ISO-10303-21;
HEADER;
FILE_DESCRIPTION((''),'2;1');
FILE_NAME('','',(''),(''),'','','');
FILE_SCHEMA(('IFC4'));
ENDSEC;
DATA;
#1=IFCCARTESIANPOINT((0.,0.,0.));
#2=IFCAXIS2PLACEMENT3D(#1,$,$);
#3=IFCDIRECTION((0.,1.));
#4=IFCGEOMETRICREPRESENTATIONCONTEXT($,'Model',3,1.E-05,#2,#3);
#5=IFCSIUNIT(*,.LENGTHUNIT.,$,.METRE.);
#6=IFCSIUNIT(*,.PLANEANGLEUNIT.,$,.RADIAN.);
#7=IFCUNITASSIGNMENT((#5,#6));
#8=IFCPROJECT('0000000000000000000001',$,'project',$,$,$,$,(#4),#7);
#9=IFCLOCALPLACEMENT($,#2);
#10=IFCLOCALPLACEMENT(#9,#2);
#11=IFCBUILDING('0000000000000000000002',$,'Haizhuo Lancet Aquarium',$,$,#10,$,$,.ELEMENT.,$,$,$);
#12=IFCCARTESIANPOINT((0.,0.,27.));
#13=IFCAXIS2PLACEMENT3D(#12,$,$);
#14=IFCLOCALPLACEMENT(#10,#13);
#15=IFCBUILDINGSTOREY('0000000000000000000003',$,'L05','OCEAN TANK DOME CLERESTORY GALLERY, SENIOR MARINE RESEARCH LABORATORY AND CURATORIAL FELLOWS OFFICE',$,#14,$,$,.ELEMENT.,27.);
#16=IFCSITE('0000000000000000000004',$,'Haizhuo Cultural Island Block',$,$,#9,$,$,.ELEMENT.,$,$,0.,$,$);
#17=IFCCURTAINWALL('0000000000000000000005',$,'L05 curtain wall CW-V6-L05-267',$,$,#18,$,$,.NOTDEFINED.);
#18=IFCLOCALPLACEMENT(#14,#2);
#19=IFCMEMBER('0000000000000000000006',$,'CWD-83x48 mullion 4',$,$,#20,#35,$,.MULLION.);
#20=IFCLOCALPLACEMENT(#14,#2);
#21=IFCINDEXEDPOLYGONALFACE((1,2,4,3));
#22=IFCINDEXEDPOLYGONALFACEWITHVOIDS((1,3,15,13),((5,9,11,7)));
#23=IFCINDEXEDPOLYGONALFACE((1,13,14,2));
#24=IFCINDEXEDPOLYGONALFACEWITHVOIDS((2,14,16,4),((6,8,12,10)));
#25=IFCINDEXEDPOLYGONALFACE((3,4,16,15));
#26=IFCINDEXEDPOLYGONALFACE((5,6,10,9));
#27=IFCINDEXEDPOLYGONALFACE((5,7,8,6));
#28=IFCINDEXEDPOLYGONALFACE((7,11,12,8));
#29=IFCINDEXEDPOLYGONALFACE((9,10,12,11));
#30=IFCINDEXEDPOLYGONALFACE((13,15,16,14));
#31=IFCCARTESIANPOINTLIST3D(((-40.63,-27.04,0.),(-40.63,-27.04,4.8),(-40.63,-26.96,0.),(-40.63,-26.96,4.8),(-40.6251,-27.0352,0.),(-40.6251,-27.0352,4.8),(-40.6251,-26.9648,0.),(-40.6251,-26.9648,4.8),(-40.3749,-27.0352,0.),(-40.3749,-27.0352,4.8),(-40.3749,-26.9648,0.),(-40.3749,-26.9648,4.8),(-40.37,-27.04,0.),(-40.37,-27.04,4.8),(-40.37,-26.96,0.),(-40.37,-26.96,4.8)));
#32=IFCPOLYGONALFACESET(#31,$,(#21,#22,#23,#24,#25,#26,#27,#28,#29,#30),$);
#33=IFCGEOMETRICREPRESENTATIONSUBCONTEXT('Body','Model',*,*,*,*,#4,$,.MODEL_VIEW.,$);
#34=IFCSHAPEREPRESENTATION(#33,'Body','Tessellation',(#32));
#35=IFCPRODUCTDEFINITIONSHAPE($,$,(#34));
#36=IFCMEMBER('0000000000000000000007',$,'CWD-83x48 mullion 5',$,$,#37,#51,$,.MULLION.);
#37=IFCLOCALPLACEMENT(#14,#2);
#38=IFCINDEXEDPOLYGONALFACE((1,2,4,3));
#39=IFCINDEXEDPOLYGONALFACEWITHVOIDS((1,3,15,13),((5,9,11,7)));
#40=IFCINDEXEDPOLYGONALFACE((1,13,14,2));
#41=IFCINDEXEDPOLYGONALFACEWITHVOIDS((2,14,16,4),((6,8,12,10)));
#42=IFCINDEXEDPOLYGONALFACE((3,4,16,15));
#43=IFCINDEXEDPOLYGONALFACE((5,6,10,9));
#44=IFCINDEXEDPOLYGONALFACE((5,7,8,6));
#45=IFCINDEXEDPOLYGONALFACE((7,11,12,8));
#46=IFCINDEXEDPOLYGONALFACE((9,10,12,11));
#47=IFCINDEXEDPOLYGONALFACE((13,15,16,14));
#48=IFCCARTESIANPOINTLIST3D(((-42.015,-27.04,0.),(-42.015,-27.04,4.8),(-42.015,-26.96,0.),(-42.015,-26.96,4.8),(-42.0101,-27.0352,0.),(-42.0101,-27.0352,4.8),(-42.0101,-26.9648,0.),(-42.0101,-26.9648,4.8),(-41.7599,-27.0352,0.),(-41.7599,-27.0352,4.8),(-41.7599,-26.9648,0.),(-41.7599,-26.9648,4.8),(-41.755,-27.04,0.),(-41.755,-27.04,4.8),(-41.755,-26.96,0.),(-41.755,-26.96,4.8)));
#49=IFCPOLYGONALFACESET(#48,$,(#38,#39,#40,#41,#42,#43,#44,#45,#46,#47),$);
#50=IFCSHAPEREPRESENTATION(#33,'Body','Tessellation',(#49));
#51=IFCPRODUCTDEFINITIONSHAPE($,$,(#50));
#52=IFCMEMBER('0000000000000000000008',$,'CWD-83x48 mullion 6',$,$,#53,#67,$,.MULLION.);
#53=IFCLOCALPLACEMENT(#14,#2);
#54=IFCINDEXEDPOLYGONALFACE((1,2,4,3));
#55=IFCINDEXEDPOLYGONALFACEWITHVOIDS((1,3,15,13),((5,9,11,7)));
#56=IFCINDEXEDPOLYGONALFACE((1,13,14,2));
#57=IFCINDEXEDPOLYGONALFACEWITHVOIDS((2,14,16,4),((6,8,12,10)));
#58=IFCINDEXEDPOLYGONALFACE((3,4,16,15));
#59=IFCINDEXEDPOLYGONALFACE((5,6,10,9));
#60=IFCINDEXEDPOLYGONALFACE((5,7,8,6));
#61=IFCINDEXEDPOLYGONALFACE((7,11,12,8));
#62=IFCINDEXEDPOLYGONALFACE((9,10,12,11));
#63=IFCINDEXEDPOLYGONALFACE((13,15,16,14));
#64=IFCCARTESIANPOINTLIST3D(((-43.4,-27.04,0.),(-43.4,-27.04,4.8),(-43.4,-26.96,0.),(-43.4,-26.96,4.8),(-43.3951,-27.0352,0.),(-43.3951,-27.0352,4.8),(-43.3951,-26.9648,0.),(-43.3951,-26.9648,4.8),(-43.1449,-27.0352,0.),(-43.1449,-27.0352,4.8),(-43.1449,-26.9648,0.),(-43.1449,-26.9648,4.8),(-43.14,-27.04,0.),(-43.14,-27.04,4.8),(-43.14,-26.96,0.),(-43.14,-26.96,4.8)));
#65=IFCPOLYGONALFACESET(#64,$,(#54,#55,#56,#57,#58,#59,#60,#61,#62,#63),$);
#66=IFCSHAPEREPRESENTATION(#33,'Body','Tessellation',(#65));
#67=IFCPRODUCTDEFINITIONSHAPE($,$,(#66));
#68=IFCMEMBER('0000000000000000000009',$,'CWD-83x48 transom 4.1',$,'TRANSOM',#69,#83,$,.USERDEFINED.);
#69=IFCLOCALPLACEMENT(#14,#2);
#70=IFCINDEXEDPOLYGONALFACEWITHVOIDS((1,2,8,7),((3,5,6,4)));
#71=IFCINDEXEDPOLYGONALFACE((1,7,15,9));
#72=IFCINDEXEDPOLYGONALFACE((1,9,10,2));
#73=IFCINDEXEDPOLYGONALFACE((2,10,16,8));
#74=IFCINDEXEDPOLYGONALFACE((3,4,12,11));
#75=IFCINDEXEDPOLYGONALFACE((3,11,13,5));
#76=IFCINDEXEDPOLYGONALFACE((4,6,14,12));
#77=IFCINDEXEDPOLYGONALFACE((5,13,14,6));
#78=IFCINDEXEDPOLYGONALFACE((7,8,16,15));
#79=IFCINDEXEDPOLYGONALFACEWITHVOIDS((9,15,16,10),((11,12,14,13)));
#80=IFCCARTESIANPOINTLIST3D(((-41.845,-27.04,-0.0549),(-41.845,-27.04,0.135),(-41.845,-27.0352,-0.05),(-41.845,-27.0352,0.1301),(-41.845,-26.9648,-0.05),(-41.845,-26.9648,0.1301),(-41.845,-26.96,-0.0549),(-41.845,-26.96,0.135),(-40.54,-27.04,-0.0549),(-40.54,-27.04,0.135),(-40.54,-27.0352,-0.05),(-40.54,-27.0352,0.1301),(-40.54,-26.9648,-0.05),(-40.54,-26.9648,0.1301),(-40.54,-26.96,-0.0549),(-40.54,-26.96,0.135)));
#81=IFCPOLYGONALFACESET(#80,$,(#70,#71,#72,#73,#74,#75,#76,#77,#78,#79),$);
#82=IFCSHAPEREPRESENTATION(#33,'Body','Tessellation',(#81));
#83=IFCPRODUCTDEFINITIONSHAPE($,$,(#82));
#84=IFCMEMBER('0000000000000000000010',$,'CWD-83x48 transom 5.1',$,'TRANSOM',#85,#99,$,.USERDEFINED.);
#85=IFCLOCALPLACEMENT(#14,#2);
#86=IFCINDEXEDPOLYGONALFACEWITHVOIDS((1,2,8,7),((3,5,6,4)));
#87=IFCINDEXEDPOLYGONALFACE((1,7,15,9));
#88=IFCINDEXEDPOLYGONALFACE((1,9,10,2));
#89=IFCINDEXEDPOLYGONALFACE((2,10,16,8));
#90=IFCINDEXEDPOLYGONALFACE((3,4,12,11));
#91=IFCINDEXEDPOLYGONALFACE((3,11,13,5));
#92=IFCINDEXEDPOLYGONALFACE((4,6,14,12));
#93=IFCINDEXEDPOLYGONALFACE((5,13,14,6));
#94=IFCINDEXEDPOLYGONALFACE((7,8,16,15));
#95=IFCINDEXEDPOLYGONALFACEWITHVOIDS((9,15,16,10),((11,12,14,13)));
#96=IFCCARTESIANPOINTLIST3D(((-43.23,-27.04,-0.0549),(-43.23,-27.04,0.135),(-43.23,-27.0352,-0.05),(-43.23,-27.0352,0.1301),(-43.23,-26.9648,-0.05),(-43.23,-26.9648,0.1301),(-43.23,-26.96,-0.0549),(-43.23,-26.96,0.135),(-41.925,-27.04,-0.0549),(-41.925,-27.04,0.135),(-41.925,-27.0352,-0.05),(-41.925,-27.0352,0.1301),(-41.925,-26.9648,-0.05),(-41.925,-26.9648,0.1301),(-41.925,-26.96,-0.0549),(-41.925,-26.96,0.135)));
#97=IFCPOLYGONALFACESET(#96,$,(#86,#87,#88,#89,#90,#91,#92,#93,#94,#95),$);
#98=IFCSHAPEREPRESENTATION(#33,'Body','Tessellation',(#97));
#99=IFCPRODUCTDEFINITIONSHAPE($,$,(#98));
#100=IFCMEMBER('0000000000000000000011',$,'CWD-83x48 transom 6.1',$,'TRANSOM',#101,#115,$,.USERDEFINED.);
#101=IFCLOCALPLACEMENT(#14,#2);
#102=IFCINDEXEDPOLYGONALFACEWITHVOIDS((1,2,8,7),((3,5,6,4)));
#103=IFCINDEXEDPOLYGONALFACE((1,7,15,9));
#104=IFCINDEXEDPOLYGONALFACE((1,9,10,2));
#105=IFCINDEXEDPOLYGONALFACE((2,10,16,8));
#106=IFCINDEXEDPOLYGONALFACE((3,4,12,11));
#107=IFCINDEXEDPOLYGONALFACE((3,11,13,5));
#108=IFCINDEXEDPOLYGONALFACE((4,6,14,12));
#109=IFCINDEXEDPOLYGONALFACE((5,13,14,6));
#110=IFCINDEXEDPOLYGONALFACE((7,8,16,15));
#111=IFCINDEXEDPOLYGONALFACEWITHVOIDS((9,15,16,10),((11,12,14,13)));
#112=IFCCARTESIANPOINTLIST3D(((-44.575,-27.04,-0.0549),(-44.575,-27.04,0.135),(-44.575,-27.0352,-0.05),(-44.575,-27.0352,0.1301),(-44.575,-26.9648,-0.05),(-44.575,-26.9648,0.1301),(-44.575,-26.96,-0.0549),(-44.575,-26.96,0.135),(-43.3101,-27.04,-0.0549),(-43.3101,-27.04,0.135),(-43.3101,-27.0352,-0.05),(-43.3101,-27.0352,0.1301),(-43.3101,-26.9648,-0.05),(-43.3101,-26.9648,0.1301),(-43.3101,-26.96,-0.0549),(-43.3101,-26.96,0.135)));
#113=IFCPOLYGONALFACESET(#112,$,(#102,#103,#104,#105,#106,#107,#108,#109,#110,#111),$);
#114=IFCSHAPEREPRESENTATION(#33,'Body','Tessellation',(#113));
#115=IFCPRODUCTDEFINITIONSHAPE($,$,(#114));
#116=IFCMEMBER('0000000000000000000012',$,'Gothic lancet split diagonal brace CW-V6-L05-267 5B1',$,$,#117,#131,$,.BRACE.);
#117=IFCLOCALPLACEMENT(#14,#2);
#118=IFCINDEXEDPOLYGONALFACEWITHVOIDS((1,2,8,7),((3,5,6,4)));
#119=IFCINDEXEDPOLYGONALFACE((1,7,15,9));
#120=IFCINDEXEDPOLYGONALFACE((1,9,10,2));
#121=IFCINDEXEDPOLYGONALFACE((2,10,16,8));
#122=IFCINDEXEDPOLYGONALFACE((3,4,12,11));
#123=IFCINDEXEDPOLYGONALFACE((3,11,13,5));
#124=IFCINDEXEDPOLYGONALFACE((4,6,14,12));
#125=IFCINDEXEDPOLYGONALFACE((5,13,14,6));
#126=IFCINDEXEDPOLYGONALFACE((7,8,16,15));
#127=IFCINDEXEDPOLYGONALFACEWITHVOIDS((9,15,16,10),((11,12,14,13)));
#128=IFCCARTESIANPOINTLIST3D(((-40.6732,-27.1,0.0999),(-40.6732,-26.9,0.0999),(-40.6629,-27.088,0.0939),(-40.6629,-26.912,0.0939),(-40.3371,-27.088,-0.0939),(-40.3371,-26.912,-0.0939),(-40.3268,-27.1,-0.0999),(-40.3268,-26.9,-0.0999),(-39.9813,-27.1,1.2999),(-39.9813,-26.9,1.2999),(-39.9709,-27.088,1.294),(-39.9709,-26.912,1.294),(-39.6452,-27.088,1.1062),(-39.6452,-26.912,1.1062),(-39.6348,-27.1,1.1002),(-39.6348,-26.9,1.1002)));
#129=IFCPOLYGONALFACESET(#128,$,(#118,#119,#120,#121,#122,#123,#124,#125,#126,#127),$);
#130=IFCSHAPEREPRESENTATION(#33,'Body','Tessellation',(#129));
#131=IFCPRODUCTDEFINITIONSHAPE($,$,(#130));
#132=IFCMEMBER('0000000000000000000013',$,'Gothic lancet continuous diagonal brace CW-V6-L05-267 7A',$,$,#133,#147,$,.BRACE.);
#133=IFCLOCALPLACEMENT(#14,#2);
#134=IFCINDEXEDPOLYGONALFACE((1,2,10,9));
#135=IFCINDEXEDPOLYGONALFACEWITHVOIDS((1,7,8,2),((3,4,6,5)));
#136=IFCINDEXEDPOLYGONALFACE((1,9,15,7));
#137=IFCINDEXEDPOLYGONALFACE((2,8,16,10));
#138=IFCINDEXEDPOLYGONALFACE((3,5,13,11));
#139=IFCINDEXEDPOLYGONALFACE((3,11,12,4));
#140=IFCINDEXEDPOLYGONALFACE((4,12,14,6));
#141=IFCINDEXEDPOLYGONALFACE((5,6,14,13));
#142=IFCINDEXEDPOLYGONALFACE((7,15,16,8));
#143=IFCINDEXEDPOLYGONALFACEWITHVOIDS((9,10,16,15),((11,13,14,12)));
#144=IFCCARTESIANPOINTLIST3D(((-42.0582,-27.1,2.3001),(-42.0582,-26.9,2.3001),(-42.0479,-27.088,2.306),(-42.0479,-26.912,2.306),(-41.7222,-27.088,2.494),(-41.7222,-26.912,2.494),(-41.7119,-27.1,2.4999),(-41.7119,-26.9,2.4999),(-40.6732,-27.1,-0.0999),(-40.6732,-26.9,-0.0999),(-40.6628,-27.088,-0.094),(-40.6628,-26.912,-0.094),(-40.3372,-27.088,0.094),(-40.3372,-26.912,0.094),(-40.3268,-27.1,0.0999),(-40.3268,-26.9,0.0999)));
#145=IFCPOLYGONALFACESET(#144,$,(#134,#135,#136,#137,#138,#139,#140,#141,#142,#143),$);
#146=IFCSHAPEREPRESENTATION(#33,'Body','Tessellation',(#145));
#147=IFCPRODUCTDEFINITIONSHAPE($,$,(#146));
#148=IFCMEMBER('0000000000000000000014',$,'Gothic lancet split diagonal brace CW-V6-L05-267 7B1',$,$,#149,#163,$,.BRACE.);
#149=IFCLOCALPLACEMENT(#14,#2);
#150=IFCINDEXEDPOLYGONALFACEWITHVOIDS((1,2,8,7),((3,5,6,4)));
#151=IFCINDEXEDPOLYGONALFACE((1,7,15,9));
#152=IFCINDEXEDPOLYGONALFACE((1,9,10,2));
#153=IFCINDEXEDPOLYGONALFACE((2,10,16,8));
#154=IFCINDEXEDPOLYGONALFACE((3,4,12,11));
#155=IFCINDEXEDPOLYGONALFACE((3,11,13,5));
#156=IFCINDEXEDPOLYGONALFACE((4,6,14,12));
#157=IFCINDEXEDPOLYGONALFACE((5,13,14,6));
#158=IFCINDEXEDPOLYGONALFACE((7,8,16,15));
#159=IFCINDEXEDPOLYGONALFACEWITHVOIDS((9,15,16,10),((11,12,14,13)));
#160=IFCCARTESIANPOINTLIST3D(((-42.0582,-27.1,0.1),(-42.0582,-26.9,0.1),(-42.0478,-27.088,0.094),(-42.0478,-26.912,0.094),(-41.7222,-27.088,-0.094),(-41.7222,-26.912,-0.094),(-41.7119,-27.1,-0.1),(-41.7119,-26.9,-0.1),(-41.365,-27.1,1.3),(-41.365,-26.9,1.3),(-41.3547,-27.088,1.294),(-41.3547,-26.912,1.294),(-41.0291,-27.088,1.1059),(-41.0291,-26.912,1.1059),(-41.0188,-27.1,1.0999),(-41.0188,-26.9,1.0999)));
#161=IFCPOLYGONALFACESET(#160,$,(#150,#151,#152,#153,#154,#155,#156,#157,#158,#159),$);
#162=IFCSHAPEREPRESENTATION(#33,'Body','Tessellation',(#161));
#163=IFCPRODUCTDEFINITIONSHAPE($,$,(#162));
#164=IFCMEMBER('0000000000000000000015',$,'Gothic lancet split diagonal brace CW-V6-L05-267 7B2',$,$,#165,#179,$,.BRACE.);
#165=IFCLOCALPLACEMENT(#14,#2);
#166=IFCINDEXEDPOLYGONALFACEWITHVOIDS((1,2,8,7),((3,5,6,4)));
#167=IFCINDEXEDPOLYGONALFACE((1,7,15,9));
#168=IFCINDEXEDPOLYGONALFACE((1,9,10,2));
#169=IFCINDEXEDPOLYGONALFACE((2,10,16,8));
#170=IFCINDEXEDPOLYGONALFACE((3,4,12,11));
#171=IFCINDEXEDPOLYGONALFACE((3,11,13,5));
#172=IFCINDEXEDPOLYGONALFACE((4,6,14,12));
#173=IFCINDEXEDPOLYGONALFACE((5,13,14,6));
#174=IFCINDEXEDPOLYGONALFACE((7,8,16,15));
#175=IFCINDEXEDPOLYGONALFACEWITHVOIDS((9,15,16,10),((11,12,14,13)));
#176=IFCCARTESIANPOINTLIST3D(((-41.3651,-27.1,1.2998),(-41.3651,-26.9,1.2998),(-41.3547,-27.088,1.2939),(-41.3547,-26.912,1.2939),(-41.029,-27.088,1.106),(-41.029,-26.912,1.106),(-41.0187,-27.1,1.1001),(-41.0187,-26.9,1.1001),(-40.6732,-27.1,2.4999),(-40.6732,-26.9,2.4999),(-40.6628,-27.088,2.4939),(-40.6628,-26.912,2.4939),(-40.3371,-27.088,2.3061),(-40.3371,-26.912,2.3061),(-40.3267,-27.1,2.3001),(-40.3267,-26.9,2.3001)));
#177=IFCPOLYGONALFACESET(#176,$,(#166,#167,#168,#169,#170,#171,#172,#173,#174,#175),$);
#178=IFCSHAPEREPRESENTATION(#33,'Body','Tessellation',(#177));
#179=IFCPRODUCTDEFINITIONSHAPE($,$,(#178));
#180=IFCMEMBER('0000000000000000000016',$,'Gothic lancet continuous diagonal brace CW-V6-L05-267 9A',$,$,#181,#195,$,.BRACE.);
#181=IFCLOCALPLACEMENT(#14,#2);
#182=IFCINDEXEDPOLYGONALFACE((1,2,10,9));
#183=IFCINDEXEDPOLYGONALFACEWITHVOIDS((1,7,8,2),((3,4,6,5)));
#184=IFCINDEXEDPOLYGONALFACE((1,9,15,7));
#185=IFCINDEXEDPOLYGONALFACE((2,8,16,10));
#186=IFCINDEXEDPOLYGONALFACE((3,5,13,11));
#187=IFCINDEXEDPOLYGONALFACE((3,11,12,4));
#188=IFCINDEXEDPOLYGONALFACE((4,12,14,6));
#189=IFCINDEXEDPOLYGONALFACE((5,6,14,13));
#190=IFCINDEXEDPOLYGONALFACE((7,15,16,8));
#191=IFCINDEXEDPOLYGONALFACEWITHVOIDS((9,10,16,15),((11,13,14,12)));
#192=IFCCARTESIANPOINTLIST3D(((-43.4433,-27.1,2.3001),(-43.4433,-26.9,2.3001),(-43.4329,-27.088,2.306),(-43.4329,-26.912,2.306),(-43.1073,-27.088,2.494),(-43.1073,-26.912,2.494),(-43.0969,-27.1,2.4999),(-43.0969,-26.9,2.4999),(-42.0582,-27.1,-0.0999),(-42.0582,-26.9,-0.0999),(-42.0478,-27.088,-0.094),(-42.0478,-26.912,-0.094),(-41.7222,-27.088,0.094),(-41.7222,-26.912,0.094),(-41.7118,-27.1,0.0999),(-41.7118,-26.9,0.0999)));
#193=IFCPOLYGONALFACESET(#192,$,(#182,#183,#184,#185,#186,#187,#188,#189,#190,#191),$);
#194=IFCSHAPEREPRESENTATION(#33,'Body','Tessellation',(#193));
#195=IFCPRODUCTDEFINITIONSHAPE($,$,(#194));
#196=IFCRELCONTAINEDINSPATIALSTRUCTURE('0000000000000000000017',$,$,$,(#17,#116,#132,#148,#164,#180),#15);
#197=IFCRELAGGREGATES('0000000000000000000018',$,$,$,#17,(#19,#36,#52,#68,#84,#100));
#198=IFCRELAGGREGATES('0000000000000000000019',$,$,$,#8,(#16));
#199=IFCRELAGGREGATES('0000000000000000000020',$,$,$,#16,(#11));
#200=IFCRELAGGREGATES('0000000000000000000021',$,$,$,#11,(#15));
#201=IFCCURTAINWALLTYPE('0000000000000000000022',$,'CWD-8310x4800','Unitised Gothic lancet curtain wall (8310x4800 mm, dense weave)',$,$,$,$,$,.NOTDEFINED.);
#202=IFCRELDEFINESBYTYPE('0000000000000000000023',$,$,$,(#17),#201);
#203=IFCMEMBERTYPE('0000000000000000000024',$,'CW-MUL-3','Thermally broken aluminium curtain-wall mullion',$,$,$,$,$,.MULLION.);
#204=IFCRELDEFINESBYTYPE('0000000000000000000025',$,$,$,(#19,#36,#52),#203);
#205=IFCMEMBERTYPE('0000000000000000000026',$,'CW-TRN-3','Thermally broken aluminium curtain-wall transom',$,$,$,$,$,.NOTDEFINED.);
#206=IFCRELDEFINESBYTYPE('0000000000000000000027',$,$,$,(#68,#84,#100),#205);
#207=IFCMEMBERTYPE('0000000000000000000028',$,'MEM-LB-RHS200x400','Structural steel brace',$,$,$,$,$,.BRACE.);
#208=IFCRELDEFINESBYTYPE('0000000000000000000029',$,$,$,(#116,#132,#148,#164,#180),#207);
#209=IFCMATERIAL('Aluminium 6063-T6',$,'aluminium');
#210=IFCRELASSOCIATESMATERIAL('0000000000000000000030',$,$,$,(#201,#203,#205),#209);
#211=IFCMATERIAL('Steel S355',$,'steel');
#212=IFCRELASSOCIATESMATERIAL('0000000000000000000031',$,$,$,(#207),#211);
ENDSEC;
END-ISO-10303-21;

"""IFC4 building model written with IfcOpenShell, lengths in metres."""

from ifc_helpers import new_model, si_unit, direction, frame, origin, origin_2d, place, context, subcontext, project, spatial, hollow_rectangle, extrude, material, material_profile, profile_set, type_object, element, aggregate, save


model = new_model("IFC4")

# Units and contexts
model_context = context("Model", 3, precision=1e-05, world=origin(), true_north=direction((0.0, 1.0)))
body_context = subcontext(model_context, "Body", "Model", "MODEL_VIEW")
ifc_project = project(units=[si_unit("LENGTHUNIT", "METRE"), si_unit("PLANEANGLEUNIT", "RADIAN")], contexts=[model_context])

# Site, building, storey
site_placement = place(None, origin())
site = spatial("IfcSite", under=ifc_project, at=site_placement, Name="Haizhuo Cultural Island Block", CompositionType="ELEMENT", RefElevation=0.0)
building_placement = place(site_placement, origin())
building = spatial("IfcBuilding", under=site, at=building_placement, Name="Haizhuo Lancet Aquarium", CompositionType="ELEMENT")
storey_placement = place(building_placement, frame((0.0, 0.0, 27.0)))
storey = spatial("IfcBuildingStorey", under=building, at=storey_placement, Name="L05", Description="OCEAN TANK DOME CLERESTORY GALLERY, SENIOR MARINE RESEARCH LABORATORY AND CURATORIAL FELLOWS OFFICE", CompositionType="ELEMENT", Elevation=27.0)

# Curtain wall, members
ifc_material_1 = material(Name="Aluminium 6063-T6", Category="aluminium")
curtain_wall_type = type_object("IfcCurtainWallType", Name="CWD-8310x4800", Description="Unitised Gothic lancet curtain wall (8310x4800 mm, dense weave)", PredefinedType="NOTDEFINED", material=ifc_material_1)
curtain_wall_placement = place(storey_placement, origin())
curtain_wall = element("IfcCurtainWall", 1, at=curtain_wall_placement, inside=storey, type_object=curtain_wall_type, Name="L05 curtain wall CW-V6-L05-267", PredefinedType="NOTDEFINED")
ifc_material_profile_1 = material_profile(ifc_material_1, hollow_rectangle(XDim=0.0801, YDim=0.26, WallThickness=0.0049, at=origin_2d()), Name="ALU-M 80x260x5")
ifc_profile_set_1 = profile_set([ifc_material_profile_1], Name="Aluminium 6063-T6")
member_type_1 = type_object("IfcMemberType", Name="CW-MUL-3", Description="Thermally broken aluminium curtain-wall mullion", PredefinedType="MULLION", material=ifc_profile_set_1)
member_1_placement = place(storey_placement, frame((-40.5, -27.0, 0.0), z_axis=(0.0, 0.0, 1.0), x_axis=(0.0, -1.0, 0.0)))
member_1 = element("IfcMember", 2, at=member_1_placement, type_object=member_type_1, Name="CWD-83x48 mullion 4", PredefinedType="MULLION", context=body_context, shape_type="SweptSolid", body=[
    extrude(hollow_rectangle(XDim=0.0801, YDim=0.26, WallThickness=0.0049, at=origin_2d()), origin(), (0.0, 0.0, 1.0), 4.8),
])
member_2_placement = place(storey_placement, frame((-41.885, -27.0, 0.0), z_axis=(0.0, 0.0, 1.0), x_axis=(0.0, -1.0, 0.0)))
member_2 = element("IfcMember", 3, at=member_2_placement, type_object=member_type_1, Name="CWD-83x48 mullion 5", PredefinedType="MULLION", context=body_context, shape_type="SweptSolid", body=[
    extrude(hollow_rectangle(XDim=0.0801, YDim=0.26, WallThickness=0.0049, at=origin_2d()), origin(), (0.0, 0.0, 1.0), 4.8),
])
member_3_placement = place(storey_placement, frame((-43.27, -27.0, 0.0), z_axis=(0.0, 0.0, 1.0), x_axis=(0.0, -1.0, 0.0)))
member_3 = element("IfcMember", 4, at=member_3_placement, type_object=member_type_1, Name="CWD-83x48 mullion 6", PredefinedType="MULLION", context=body_context, shape_type="SweptSolid", body=[
    extrude(hollow_rectangle(XDim=0.0801, YDim=0.26, WallThickness=0.0049, at=origin_2d()), origin(), (0.0, 0.0, 1.0), 4.8),
])
ifc_material_profile_2 = material_profile(ifc_material_1, hollow_rectangle(XDim=0.0801, YDim=0.1899, WallThickness=0.0049, at=origin_2d()), Name="ALU-T 80x190x5")
ifc_profile_set_2 = profile_set([ifc_material_profile_2], Name="Aluminium 6063-T6")
member_type_2 = type_object("IfcMemberType", Name="CW-TRN-3", Description="Thermally broken aluminium curtain-wall transom", PredefinedType="NOTDEFINED", material=ifc_profile_set_2)
member_4_placement = place(storey_placement, frame((-40.54, -27.0, 0.04), z_axis=(-1.0, 0.0, 0.0), x_axis=(0.0, -1.0, 0.0)))
member_4 = element("IfcMember", 5, at=member_4_placement, type_object=member_type_2, Name="CWD-83x48 transom 4.1", ObjectType="TRANSOM", PredefinedType="USERDEFINED", context=body_context, shape_type="SweptSolid", body=[
    extrude(hollow_rectangle(XDim=0.0801, YDim=0.1899, WallThickness=0.0049, at=origin_2d()), origin(), (0.0, 0.0, 1.0), 1.3049),
])
member_5_placement = place(storey_placement, frame((-41.925, -27.0, 0.04), z_axis=(-1.0, 0.0, 0.0), x_axis=(0.0, -1.0, 0.0)))
member_5 = element("IfcMember", 6, at=member_5_placement, type_object=member_type_2, Name="CWD-83x48 transom 5.1", ObjectType="TRANSOM", PredefinedType="USERDEFINED", context=body_context, shape_type="SweptSolid", body=[
    extrude(hollow_rectangle(XDim=0.0801, YDim=0.1899, WallThickness=0.0049, at=origin_2d()), origin(), (0.0, 0.0, 1.0), 1.3049),
])
member_6_placement = place(storey_placement, frame((-43.3101, -27.0, 0.04), z_axis=(-1.0, 0.0, 0.0), x_axis=(0.0, -1.0, 0.0)))
member_6 = element("IfcMember", 7, at=member_6_placement, type_object=member_type_2, Name="CWD-83x48 transom 6.1", ObjectType="TRANSOM", PredefinedType="USERDEFINED", context=body_context, shape_type="SweptSolid", body=[
    extrude(hollow_rectangle(XDim=0.0801, YDim=0.1899, WallThickness=0.0049, at=origin_2d()), origin(), (0.0, 0.0, 1.0), 1.2649),
])

# Members
ifc_material_2 = material(Name="Steel S355", Category="steel")
ifc_material_profile_3 = material_profile(ifc_material_2, hollow_rectangle(XDim=0.2, YDim=0.3999, WallThickness=0.012, at=origin_2d()), Name="RHS 200x400x12")
ifc_profile_set_3 = profile_set([ifc_material_profile_3], Name="Steel S355")
member_type_3 = type_object("IfcMemberType", Name="MEM-LB-RHS200x400", Description="Structural steel brace", PredefinedType="BRACE", material=ifc_profile_set_3)
member_7_placement = place(storey_placement, frame((-40.5, -27.0, 0.0), z_axis=(0.499514, 0.0, 0.866306), x_axis=(0.0, 1.0, 0.0)))
element("IfcMember", 8, at=member_7_placement, inside=storey, type_object=member_type_3, Name="Gothic lancet split diagonal brace CW-V6-L05-267 5B1", PredefinedType="BRACE", context=body_context, shape_type="SweptSolid", body=[
    extrude(hollow_rectangle(XDim=0.2, YDim=0.3999, WallThickness=0.012, at=origin_2d()), origin(), (0.0, 0.0, 1.0), 1.3853),
])
member_8_placement = place(storey_placement, frame((-40.5, -27.0, 0.0), z_axis=(-0.499844, 0.0, 0.866115), x_axis=(0.0, -1.0, 0.0)))
element("IfcMember", 9, at=member_8_placement, inside=storey, type_object=member_type_3, Name="Gothic lancet continuous diagonal brace CW-V6-L05-267 7A", PredefinedType="BRACE", context=body_context, shape_type="SweptSolid", body=[
    extrude(hollow_rectangle(XDim=0.2, YDim=0.3999, WallThickness=0.012, at=origin_2d()), origin(), (0.0, 0.0, 1.0), 2.771),
])
member_9_placement = place(storey_placement, frame((-41.885, -27.0, 0.0), z_axis=(0.500175, 0.0, 0.865924), x_axis=(0.0, 1.0, 0.0)))
element("IfcMember", 10, at=member_9_placement, inside=storey, type_object=member_type_3, Name="Gothic lancet split diagonal brace CW-V6-L05-267 7B1", PredefinedType="BRACE", context=body_context, shape_type="SweptSolid", body=[
    extrude(hollow_rectangle(XDim=0.2, YDim=0.3999, WallThickness=0.012, at=origin_2d()), origin(), (0.0, 0.0, 1.0), 1.3857),
])
member_10_placement = place(storey_placement, frame((-41.1919, -27.0, 1.2), z_axis=(0.499514, 0.0, 0.866306), x_axis=(0.0, 1.0, 0.0)))
element("IfcMember", 11, at=member_10_placement, inside=storey, type_object=member_type_3, Name="Gothic lancet split diagonal brace CW-V6-L05-267 7B2", PredefinedType="BRACE", context=body_context, shape_type="SweptSolid", body=[
    extrude(hollow_rectangle(XDim=0.2, YDim=0.3999, WallThickness=0.012, at=origin_2d()), origin(), (0.0, 0.0, 1.0), 1.3853),
])
member_11_placement = place(storey_placement, frame((-41.885, -27.0, 0.0), z_axis=(-0.499844, 0.0, 0.866115), x_axis=(0.0, -1.0, 0.0)))
element("IfcMember", 12, at=member_11_placement, inside=storey, type_object=member_type_3, Name="Gothic lancet continuous diagonal brace CW-V6-L05-267 9A", PredefinedType="BRACE", context=body_context, shape_type="SweptSolid", body=[
    extrude(hollow_rectangle(XDim=0.2, YDim=0.3999, WallThickness=0.012, at=origin_2d()), origin(), (0.0, 0.0, 1.0), 2.771),
])

aggregate(curtain_wall, [member_1, member_2, member_3, member_4, member_5, member_6])

save(model, "model.ifc")
